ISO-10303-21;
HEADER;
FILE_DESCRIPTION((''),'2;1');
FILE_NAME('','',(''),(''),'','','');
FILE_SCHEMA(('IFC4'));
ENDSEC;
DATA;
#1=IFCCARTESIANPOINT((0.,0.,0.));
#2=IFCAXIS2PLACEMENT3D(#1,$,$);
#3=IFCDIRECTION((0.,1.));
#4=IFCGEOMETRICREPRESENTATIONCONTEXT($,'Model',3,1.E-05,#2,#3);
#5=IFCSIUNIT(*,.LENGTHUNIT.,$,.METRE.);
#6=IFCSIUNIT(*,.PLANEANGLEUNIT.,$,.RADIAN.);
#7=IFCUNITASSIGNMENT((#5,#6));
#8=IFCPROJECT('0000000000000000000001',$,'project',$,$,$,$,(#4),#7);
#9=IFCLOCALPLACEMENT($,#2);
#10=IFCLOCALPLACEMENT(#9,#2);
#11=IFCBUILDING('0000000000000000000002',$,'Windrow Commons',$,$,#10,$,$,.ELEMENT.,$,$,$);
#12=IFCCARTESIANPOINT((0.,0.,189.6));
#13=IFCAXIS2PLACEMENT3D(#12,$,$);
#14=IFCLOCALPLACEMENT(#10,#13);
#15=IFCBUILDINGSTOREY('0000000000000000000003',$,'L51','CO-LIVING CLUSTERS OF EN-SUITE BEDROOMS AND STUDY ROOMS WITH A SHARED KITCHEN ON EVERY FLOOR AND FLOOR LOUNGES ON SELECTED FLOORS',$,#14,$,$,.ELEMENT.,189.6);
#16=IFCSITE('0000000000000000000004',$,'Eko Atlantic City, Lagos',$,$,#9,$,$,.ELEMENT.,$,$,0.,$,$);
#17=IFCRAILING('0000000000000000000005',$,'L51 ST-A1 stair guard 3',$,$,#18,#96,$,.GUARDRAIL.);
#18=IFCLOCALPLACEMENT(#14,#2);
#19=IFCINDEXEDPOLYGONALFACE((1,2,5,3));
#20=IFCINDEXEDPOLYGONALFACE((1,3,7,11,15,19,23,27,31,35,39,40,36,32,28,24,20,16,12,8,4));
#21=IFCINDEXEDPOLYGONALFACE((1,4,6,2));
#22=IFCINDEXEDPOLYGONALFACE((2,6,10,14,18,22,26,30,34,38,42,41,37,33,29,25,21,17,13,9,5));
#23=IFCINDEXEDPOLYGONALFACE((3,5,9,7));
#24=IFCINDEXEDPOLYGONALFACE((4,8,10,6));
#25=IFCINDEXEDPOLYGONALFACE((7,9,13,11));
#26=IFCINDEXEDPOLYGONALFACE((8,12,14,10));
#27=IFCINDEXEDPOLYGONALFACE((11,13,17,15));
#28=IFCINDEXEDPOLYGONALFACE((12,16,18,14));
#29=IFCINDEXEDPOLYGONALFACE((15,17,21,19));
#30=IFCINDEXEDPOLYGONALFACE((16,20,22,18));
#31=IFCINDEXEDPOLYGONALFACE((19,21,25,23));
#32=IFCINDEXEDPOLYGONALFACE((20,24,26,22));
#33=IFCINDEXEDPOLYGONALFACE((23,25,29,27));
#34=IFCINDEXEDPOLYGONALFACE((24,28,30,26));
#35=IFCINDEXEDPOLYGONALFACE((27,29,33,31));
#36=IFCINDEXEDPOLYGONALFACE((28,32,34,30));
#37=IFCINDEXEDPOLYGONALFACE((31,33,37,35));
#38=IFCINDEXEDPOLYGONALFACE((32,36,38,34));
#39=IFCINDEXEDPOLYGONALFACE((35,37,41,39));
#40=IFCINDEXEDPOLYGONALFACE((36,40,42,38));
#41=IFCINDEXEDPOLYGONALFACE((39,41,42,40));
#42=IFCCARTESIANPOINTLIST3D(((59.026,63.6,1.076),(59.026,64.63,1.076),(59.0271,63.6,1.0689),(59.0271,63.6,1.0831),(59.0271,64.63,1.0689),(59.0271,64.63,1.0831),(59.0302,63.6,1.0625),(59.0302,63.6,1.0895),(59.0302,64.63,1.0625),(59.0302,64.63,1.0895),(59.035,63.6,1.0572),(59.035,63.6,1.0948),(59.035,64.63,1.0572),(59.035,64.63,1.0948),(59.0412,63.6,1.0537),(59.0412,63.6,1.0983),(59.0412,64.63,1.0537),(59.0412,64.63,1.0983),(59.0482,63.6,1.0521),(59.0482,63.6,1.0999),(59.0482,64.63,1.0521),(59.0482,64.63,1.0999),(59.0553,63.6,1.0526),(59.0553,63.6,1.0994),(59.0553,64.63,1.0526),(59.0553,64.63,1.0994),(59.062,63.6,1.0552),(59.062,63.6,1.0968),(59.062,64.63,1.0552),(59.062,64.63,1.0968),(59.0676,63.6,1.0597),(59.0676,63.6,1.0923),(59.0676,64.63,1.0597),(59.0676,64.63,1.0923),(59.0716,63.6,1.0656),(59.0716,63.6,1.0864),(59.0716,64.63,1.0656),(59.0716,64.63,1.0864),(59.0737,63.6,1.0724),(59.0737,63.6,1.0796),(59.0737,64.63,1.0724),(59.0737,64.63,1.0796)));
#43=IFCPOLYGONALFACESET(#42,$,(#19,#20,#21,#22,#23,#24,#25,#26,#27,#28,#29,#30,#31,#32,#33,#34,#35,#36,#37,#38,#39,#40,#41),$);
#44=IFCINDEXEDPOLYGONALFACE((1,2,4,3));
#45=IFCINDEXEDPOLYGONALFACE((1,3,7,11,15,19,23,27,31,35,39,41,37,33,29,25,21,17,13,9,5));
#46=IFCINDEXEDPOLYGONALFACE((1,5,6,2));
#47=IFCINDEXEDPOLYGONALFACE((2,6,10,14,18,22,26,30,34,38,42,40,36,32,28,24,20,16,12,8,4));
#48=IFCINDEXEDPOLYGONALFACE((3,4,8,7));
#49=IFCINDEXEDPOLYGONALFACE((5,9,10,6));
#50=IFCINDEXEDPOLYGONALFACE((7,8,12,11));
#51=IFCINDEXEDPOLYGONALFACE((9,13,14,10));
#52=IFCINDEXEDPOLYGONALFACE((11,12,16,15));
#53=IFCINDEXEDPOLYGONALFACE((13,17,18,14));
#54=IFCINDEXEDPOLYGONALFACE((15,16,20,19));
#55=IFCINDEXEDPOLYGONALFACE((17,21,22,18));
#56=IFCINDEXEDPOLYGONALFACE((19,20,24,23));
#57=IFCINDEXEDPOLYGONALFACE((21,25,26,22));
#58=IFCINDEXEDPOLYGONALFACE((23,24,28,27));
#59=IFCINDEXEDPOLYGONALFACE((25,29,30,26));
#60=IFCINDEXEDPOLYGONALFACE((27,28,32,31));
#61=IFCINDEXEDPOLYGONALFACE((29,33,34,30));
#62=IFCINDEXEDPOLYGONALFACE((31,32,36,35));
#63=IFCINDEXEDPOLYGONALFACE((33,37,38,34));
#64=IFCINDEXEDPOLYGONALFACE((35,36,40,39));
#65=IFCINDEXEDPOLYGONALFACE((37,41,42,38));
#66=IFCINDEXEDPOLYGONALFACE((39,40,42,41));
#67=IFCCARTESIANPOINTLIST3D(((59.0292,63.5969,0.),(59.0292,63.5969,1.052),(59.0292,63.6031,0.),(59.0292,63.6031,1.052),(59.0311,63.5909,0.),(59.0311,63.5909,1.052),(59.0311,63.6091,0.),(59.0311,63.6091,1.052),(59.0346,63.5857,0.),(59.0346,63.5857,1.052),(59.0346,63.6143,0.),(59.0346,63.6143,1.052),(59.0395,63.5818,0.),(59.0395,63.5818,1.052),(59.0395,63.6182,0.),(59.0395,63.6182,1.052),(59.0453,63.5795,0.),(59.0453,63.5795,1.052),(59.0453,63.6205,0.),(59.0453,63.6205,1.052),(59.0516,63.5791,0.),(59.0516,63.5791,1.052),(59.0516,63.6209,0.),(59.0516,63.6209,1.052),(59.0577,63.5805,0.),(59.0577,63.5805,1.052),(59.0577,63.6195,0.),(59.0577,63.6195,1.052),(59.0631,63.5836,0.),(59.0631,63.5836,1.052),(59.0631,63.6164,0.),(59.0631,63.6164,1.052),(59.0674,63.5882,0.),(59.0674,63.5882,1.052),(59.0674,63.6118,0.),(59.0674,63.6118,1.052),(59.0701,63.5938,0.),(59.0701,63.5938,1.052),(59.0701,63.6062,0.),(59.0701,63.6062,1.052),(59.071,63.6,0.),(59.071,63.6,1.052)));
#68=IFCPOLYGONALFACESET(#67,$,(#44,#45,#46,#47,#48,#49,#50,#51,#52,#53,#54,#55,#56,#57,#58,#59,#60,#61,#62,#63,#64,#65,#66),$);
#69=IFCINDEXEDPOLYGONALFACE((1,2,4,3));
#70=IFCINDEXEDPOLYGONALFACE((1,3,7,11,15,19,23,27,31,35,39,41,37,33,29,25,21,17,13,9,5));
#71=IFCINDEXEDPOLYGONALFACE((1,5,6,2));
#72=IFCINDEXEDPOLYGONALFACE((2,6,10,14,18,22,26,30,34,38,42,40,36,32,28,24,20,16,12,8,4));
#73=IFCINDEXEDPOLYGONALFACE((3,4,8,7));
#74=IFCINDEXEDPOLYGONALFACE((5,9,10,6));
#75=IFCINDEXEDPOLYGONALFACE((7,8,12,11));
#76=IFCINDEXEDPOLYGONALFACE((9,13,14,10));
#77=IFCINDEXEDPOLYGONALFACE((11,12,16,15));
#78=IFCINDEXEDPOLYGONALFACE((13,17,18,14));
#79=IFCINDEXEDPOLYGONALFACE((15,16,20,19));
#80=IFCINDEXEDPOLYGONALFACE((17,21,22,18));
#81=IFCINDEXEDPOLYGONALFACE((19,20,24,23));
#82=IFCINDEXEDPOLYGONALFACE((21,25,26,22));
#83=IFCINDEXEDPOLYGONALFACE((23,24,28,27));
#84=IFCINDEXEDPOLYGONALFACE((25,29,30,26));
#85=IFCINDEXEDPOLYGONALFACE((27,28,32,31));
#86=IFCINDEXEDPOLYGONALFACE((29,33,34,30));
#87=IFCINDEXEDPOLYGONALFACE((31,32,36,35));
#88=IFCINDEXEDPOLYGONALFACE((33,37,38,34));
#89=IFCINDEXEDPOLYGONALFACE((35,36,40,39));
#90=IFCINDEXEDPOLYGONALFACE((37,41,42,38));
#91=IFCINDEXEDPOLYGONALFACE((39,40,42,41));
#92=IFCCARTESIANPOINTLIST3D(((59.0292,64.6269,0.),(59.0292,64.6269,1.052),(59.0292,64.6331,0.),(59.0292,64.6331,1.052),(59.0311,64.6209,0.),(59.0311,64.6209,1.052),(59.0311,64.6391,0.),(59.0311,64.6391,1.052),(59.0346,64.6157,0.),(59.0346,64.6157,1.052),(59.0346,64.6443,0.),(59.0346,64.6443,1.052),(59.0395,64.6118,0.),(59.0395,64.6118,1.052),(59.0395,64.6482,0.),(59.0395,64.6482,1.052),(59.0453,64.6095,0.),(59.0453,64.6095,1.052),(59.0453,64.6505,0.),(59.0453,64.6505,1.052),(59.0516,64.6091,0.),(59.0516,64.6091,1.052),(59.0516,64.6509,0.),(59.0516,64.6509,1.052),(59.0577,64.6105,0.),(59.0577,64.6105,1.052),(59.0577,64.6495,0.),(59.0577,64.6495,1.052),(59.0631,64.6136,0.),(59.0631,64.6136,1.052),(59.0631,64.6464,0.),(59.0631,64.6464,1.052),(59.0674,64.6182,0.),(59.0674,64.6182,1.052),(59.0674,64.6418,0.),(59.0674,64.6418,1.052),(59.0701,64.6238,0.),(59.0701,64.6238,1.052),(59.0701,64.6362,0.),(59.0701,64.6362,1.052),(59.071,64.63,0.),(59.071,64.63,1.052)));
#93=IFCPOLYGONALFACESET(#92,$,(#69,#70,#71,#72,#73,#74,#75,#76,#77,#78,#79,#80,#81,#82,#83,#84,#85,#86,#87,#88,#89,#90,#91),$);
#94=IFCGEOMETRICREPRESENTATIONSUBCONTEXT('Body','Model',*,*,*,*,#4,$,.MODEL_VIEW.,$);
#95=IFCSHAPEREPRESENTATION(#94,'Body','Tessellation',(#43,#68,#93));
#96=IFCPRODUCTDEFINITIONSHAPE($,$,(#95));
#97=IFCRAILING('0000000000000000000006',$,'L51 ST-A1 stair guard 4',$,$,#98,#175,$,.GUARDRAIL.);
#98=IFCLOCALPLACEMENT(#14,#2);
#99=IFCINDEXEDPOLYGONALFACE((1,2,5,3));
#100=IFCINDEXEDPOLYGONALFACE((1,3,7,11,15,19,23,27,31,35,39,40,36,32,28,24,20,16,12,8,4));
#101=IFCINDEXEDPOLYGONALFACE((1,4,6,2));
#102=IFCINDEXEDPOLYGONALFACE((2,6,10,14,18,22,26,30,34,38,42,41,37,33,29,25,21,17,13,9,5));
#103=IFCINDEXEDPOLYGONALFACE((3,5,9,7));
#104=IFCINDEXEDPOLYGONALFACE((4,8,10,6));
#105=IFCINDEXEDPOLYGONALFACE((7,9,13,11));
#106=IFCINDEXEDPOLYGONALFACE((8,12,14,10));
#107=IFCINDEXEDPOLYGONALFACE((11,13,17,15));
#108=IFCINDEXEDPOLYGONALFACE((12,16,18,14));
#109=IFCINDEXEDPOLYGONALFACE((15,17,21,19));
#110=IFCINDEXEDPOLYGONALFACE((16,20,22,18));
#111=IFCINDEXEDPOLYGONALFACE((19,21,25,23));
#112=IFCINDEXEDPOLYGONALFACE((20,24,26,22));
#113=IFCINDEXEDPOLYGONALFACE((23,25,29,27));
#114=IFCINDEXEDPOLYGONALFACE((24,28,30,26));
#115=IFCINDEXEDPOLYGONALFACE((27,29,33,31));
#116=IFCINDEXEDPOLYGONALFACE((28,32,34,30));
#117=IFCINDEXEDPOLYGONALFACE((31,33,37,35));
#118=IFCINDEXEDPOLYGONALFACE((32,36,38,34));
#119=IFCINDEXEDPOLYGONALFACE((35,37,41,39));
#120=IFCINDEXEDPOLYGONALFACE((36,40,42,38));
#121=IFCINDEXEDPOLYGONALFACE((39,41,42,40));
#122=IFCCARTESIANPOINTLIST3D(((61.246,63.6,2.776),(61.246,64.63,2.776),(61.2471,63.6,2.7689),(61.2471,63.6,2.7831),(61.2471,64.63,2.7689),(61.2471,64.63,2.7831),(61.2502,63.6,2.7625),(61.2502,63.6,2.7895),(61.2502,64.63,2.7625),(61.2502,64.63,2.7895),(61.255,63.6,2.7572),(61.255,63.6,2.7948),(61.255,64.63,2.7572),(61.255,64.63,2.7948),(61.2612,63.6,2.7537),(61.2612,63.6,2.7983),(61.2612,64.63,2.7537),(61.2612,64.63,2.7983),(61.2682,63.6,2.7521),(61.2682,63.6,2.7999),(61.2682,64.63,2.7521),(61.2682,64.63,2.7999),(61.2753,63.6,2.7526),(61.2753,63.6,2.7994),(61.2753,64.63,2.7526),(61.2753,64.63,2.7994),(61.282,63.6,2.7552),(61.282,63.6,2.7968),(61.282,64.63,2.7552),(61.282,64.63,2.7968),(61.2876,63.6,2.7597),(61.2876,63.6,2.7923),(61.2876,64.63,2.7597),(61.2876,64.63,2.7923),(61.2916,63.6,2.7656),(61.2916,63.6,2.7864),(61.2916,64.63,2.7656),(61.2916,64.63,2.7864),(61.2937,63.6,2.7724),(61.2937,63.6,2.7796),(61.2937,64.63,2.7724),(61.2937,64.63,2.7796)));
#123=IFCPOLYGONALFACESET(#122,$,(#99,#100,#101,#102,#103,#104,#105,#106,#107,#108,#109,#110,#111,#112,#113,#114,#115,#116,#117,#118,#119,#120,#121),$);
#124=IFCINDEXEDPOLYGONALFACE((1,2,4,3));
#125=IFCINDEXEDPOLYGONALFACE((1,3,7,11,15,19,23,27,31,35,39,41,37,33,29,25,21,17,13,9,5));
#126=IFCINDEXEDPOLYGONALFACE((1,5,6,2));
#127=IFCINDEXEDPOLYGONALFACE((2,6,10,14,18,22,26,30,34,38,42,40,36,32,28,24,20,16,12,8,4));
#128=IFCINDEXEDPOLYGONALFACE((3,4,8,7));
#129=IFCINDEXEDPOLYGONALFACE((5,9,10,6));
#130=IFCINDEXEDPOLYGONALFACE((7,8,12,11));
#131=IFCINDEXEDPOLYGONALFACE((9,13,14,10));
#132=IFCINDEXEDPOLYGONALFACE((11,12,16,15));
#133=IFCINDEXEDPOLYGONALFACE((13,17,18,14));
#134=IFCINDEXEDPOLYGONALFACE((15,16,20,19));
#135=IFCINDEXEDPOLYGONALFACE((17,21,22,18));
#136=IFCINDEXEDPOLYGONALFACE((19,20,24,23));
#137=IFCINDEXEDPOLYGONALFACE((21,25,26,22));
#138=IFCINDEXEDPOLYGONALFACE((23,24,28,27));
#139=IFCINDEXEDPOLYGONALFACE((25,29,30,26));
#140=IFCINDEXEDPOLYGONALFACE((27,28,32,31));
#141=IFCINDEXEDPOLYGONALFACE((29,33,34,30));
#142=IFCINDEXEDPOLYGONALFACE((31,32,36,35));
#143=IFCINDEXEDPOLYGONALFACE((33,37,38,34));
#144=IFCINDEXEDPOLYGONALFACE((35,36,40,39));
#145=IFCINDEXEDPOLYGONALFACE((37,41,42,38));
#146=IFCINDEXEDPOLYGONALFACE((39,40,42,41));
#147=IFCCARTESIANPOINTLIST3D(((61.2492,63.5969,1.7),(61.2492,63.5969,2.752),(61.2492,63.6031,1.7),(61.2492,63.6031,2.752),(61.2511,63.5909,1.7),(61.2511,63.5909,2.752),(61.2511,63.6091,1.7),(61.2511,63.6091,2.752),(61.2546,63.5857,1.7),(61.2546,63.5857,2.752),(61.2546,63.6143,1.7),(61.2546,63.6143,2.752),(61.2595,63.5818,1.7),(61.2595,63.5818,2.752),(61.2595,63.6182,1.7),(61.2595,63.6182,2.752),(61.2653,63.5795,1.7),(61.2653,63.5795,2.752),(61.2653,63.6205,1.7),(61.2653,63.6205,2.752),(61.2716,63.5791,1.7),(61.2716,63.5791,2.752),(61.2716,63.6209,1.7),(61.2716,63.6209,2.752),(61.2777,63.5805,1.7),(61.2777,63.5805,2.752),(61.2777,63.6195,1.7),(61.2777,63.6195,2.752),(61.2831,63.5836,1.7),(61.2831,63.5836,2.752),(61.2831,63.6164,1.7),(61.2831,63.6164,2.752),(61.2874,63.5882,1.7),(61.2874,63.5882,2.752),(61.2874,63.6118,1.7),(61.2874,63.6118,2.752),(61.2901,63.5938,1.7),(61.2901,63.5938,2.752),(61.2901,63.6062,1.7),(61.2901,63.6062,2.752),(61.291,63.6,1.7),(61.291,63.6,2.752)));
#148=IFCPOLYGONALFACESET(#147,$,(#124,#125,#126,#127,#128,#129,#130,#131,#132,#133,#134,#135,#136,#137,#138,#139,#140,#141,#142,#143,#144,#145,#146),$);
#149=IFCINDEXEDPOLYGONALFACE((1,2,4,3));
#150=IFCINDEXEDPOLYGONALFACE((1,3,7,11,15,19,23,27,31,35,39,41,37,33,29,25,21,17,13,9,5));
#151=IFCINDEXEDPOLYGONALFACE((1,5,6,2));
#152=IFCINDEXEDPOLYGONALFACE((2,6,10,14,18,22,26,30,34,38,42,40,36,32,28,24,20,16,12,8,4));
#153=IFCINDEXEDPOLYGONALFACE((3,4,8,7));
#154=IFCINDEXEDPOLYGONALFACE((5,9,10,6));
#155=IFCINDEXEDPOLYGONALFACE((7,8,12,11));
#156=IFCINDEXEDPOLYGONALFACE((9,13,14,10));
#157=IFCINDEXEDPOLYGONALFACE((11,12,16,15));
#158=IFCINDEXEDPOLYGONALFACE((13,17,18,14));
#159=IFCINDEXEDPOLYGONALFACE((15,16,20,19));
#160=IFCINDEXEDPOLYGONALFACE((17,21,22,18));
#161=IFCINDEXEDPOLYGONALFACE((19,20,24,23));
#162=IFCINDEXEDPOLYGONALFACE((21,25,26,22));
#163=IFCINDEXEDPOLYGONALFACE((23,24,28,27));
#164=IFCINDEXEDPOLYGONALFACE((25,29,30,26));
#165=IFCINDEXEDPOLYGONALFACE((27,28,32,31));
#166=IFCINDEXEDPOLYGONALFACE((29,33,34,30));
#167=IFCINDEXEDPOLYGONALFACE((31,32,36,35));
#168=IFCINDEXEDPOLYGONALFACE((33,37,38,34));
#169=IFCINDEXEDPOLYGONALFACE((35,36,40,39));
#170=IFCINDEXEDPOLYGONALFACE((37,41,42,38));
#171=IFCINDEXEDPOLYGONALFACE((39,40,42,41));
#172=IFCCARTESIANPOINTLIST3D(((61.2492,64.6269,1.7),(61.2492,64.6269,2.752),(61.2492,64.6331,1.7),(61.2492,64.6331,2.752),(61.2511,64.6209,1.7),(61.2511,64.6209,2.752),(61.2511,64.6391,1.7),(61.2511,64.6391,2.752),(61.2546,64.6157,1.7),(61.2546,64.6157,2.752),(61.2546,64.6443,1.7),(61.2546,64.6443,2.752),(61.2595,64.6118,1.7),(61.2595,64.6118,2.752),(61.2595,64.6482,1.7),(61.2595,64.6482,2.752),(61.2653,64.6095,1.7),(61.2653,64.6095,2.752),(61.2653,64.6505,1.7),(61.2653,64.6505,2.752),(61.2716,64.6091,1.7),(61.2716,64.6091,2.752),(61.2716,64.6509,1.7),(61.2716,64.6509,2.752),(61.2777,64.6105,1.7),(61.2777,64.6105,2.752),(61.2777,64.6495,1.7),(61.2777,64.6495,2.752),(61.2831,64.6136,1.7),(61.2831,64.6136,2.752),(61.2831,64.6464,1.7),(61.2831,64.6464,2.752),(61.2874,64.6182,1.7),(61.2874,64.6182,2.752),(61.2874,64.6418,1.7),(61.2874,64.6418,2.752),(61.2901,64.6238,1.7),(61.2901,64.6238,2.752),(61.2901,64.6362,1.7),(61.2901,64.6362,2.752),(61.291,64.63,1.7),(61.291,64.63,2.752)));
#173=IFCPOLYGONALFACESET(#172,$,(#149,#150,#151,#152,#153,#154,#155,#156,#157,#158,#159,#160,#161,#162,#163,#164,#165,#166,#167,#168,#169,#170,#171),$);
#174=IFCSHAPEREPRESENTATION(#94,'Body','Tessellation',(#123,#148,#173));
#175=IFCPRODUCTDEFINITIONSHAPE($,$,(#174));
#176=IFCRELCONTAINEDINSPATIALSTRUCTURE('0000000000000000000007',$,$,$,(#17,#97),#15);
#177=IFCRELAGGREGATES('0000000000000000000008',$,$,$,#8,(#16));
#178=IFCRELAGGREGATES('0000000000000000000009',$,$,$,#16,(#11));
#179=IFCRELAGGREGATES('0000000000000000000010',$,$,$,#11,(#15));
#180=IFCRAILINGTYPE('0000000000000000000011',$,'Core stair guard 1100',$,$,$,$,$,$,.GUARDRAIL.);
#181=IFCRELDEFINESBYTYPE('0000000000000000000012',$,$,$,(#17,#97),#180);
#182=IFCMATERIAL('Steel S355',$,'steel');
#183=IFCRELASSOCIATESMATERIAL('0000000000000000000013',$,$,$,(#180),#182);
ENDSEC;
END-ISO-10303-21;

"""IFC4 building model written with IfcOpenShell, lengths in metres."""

from ifc_helpers import new_model, si_unit, direction, frame, origin, origin_2d, place, context, subcontext, project, spatial, circle, extrude, material, type_object, element, save


model = new_model("IFC4")

# Units and contexts
model_context = context("Model", 3, precision=1e-05, world=origin(), true_north=direction((0.0, 1.0)))
body_context = subcontext(model_context, "Body", "Model", "MODEL_VIEW")
ifc_project = project(units=[si_unit("LENGTHUNIT", "METRE"), si_unit("PLANEANGLEUNIT", "RADIAN")], contexts=[model_context])

# Site, building, storey
site_placement = place(None, origin())
site = spatial("IfcSite", under=ifc_project, at=site_placement, Name="Eko Atlantic City, Lagos", CompositionType="ELEMENT", RefElevation=0.0)
building_placement = place(site_placement, origin())
building = spatial("IfcBuilding", under=site, at=building_placement, Name="Windrow Commons", CompositionType="ELEMENT")
storey_placement = place(building_placement, frame((0.0, 0.0, 189.6)))
storey = spatial("IfcBuildingStorey", under=building, at=storey_placement, Name="L51", Description="CO-LIVING CLUSTERS OF EN-SUITE BEDROOMS AND STUDY ROOMS WITH A SHARED KITCHEN ON EVERY FLOOR AND FLOOR LOUNGES ON SELECTED FLOORS", CompositionType="ELEMENT", Elevation=189.6)

# Railings
ifc_material_1 = material(Name="Steel S355", Category="steel")
railing_type_1 = type_object("IfcRailingType", Name="Core stair guard 1100", PredefinedType="GUARDRAIL", material=ifc_material_1)
for number, where, name in (
    (1, (59.05, 63.6, 0.0), "L51 ST-A1 stair guard 3"),
    (2, (61.27, 63.6, 1.7), "L51 ST-A1 stair guard 4"),
):
    element("IfcRailing", number, at=place(storey_placement, frame(where)), inside=storey, type_object=railing_type_1, Name=name, PredefinedType="GUARDRAIL", context=body_context, shape_type="SweptSolid", body=[
        extrude(circle(Radius=0.024, at=origin_2d()), frame((0.0, 0.0, 1.076), z_axis=(0.0, 1.0, 0.0), x_axis=(-1.0, 0.0, 0.0)), (0.0, 0.0, 1.0), 1.03),
        extrude(circle(Radius=0.021, at=origin_2d()), origin(), (0.0, 0.0, 1.0), 1.052),
        extrude(circle(Radius=0.021, at=origin_2d()), frame((0.0, 1.03, 0.0)), (0.0, 0.0, 1.0), 1.052),
    ])

save(model, "model.ifc")
